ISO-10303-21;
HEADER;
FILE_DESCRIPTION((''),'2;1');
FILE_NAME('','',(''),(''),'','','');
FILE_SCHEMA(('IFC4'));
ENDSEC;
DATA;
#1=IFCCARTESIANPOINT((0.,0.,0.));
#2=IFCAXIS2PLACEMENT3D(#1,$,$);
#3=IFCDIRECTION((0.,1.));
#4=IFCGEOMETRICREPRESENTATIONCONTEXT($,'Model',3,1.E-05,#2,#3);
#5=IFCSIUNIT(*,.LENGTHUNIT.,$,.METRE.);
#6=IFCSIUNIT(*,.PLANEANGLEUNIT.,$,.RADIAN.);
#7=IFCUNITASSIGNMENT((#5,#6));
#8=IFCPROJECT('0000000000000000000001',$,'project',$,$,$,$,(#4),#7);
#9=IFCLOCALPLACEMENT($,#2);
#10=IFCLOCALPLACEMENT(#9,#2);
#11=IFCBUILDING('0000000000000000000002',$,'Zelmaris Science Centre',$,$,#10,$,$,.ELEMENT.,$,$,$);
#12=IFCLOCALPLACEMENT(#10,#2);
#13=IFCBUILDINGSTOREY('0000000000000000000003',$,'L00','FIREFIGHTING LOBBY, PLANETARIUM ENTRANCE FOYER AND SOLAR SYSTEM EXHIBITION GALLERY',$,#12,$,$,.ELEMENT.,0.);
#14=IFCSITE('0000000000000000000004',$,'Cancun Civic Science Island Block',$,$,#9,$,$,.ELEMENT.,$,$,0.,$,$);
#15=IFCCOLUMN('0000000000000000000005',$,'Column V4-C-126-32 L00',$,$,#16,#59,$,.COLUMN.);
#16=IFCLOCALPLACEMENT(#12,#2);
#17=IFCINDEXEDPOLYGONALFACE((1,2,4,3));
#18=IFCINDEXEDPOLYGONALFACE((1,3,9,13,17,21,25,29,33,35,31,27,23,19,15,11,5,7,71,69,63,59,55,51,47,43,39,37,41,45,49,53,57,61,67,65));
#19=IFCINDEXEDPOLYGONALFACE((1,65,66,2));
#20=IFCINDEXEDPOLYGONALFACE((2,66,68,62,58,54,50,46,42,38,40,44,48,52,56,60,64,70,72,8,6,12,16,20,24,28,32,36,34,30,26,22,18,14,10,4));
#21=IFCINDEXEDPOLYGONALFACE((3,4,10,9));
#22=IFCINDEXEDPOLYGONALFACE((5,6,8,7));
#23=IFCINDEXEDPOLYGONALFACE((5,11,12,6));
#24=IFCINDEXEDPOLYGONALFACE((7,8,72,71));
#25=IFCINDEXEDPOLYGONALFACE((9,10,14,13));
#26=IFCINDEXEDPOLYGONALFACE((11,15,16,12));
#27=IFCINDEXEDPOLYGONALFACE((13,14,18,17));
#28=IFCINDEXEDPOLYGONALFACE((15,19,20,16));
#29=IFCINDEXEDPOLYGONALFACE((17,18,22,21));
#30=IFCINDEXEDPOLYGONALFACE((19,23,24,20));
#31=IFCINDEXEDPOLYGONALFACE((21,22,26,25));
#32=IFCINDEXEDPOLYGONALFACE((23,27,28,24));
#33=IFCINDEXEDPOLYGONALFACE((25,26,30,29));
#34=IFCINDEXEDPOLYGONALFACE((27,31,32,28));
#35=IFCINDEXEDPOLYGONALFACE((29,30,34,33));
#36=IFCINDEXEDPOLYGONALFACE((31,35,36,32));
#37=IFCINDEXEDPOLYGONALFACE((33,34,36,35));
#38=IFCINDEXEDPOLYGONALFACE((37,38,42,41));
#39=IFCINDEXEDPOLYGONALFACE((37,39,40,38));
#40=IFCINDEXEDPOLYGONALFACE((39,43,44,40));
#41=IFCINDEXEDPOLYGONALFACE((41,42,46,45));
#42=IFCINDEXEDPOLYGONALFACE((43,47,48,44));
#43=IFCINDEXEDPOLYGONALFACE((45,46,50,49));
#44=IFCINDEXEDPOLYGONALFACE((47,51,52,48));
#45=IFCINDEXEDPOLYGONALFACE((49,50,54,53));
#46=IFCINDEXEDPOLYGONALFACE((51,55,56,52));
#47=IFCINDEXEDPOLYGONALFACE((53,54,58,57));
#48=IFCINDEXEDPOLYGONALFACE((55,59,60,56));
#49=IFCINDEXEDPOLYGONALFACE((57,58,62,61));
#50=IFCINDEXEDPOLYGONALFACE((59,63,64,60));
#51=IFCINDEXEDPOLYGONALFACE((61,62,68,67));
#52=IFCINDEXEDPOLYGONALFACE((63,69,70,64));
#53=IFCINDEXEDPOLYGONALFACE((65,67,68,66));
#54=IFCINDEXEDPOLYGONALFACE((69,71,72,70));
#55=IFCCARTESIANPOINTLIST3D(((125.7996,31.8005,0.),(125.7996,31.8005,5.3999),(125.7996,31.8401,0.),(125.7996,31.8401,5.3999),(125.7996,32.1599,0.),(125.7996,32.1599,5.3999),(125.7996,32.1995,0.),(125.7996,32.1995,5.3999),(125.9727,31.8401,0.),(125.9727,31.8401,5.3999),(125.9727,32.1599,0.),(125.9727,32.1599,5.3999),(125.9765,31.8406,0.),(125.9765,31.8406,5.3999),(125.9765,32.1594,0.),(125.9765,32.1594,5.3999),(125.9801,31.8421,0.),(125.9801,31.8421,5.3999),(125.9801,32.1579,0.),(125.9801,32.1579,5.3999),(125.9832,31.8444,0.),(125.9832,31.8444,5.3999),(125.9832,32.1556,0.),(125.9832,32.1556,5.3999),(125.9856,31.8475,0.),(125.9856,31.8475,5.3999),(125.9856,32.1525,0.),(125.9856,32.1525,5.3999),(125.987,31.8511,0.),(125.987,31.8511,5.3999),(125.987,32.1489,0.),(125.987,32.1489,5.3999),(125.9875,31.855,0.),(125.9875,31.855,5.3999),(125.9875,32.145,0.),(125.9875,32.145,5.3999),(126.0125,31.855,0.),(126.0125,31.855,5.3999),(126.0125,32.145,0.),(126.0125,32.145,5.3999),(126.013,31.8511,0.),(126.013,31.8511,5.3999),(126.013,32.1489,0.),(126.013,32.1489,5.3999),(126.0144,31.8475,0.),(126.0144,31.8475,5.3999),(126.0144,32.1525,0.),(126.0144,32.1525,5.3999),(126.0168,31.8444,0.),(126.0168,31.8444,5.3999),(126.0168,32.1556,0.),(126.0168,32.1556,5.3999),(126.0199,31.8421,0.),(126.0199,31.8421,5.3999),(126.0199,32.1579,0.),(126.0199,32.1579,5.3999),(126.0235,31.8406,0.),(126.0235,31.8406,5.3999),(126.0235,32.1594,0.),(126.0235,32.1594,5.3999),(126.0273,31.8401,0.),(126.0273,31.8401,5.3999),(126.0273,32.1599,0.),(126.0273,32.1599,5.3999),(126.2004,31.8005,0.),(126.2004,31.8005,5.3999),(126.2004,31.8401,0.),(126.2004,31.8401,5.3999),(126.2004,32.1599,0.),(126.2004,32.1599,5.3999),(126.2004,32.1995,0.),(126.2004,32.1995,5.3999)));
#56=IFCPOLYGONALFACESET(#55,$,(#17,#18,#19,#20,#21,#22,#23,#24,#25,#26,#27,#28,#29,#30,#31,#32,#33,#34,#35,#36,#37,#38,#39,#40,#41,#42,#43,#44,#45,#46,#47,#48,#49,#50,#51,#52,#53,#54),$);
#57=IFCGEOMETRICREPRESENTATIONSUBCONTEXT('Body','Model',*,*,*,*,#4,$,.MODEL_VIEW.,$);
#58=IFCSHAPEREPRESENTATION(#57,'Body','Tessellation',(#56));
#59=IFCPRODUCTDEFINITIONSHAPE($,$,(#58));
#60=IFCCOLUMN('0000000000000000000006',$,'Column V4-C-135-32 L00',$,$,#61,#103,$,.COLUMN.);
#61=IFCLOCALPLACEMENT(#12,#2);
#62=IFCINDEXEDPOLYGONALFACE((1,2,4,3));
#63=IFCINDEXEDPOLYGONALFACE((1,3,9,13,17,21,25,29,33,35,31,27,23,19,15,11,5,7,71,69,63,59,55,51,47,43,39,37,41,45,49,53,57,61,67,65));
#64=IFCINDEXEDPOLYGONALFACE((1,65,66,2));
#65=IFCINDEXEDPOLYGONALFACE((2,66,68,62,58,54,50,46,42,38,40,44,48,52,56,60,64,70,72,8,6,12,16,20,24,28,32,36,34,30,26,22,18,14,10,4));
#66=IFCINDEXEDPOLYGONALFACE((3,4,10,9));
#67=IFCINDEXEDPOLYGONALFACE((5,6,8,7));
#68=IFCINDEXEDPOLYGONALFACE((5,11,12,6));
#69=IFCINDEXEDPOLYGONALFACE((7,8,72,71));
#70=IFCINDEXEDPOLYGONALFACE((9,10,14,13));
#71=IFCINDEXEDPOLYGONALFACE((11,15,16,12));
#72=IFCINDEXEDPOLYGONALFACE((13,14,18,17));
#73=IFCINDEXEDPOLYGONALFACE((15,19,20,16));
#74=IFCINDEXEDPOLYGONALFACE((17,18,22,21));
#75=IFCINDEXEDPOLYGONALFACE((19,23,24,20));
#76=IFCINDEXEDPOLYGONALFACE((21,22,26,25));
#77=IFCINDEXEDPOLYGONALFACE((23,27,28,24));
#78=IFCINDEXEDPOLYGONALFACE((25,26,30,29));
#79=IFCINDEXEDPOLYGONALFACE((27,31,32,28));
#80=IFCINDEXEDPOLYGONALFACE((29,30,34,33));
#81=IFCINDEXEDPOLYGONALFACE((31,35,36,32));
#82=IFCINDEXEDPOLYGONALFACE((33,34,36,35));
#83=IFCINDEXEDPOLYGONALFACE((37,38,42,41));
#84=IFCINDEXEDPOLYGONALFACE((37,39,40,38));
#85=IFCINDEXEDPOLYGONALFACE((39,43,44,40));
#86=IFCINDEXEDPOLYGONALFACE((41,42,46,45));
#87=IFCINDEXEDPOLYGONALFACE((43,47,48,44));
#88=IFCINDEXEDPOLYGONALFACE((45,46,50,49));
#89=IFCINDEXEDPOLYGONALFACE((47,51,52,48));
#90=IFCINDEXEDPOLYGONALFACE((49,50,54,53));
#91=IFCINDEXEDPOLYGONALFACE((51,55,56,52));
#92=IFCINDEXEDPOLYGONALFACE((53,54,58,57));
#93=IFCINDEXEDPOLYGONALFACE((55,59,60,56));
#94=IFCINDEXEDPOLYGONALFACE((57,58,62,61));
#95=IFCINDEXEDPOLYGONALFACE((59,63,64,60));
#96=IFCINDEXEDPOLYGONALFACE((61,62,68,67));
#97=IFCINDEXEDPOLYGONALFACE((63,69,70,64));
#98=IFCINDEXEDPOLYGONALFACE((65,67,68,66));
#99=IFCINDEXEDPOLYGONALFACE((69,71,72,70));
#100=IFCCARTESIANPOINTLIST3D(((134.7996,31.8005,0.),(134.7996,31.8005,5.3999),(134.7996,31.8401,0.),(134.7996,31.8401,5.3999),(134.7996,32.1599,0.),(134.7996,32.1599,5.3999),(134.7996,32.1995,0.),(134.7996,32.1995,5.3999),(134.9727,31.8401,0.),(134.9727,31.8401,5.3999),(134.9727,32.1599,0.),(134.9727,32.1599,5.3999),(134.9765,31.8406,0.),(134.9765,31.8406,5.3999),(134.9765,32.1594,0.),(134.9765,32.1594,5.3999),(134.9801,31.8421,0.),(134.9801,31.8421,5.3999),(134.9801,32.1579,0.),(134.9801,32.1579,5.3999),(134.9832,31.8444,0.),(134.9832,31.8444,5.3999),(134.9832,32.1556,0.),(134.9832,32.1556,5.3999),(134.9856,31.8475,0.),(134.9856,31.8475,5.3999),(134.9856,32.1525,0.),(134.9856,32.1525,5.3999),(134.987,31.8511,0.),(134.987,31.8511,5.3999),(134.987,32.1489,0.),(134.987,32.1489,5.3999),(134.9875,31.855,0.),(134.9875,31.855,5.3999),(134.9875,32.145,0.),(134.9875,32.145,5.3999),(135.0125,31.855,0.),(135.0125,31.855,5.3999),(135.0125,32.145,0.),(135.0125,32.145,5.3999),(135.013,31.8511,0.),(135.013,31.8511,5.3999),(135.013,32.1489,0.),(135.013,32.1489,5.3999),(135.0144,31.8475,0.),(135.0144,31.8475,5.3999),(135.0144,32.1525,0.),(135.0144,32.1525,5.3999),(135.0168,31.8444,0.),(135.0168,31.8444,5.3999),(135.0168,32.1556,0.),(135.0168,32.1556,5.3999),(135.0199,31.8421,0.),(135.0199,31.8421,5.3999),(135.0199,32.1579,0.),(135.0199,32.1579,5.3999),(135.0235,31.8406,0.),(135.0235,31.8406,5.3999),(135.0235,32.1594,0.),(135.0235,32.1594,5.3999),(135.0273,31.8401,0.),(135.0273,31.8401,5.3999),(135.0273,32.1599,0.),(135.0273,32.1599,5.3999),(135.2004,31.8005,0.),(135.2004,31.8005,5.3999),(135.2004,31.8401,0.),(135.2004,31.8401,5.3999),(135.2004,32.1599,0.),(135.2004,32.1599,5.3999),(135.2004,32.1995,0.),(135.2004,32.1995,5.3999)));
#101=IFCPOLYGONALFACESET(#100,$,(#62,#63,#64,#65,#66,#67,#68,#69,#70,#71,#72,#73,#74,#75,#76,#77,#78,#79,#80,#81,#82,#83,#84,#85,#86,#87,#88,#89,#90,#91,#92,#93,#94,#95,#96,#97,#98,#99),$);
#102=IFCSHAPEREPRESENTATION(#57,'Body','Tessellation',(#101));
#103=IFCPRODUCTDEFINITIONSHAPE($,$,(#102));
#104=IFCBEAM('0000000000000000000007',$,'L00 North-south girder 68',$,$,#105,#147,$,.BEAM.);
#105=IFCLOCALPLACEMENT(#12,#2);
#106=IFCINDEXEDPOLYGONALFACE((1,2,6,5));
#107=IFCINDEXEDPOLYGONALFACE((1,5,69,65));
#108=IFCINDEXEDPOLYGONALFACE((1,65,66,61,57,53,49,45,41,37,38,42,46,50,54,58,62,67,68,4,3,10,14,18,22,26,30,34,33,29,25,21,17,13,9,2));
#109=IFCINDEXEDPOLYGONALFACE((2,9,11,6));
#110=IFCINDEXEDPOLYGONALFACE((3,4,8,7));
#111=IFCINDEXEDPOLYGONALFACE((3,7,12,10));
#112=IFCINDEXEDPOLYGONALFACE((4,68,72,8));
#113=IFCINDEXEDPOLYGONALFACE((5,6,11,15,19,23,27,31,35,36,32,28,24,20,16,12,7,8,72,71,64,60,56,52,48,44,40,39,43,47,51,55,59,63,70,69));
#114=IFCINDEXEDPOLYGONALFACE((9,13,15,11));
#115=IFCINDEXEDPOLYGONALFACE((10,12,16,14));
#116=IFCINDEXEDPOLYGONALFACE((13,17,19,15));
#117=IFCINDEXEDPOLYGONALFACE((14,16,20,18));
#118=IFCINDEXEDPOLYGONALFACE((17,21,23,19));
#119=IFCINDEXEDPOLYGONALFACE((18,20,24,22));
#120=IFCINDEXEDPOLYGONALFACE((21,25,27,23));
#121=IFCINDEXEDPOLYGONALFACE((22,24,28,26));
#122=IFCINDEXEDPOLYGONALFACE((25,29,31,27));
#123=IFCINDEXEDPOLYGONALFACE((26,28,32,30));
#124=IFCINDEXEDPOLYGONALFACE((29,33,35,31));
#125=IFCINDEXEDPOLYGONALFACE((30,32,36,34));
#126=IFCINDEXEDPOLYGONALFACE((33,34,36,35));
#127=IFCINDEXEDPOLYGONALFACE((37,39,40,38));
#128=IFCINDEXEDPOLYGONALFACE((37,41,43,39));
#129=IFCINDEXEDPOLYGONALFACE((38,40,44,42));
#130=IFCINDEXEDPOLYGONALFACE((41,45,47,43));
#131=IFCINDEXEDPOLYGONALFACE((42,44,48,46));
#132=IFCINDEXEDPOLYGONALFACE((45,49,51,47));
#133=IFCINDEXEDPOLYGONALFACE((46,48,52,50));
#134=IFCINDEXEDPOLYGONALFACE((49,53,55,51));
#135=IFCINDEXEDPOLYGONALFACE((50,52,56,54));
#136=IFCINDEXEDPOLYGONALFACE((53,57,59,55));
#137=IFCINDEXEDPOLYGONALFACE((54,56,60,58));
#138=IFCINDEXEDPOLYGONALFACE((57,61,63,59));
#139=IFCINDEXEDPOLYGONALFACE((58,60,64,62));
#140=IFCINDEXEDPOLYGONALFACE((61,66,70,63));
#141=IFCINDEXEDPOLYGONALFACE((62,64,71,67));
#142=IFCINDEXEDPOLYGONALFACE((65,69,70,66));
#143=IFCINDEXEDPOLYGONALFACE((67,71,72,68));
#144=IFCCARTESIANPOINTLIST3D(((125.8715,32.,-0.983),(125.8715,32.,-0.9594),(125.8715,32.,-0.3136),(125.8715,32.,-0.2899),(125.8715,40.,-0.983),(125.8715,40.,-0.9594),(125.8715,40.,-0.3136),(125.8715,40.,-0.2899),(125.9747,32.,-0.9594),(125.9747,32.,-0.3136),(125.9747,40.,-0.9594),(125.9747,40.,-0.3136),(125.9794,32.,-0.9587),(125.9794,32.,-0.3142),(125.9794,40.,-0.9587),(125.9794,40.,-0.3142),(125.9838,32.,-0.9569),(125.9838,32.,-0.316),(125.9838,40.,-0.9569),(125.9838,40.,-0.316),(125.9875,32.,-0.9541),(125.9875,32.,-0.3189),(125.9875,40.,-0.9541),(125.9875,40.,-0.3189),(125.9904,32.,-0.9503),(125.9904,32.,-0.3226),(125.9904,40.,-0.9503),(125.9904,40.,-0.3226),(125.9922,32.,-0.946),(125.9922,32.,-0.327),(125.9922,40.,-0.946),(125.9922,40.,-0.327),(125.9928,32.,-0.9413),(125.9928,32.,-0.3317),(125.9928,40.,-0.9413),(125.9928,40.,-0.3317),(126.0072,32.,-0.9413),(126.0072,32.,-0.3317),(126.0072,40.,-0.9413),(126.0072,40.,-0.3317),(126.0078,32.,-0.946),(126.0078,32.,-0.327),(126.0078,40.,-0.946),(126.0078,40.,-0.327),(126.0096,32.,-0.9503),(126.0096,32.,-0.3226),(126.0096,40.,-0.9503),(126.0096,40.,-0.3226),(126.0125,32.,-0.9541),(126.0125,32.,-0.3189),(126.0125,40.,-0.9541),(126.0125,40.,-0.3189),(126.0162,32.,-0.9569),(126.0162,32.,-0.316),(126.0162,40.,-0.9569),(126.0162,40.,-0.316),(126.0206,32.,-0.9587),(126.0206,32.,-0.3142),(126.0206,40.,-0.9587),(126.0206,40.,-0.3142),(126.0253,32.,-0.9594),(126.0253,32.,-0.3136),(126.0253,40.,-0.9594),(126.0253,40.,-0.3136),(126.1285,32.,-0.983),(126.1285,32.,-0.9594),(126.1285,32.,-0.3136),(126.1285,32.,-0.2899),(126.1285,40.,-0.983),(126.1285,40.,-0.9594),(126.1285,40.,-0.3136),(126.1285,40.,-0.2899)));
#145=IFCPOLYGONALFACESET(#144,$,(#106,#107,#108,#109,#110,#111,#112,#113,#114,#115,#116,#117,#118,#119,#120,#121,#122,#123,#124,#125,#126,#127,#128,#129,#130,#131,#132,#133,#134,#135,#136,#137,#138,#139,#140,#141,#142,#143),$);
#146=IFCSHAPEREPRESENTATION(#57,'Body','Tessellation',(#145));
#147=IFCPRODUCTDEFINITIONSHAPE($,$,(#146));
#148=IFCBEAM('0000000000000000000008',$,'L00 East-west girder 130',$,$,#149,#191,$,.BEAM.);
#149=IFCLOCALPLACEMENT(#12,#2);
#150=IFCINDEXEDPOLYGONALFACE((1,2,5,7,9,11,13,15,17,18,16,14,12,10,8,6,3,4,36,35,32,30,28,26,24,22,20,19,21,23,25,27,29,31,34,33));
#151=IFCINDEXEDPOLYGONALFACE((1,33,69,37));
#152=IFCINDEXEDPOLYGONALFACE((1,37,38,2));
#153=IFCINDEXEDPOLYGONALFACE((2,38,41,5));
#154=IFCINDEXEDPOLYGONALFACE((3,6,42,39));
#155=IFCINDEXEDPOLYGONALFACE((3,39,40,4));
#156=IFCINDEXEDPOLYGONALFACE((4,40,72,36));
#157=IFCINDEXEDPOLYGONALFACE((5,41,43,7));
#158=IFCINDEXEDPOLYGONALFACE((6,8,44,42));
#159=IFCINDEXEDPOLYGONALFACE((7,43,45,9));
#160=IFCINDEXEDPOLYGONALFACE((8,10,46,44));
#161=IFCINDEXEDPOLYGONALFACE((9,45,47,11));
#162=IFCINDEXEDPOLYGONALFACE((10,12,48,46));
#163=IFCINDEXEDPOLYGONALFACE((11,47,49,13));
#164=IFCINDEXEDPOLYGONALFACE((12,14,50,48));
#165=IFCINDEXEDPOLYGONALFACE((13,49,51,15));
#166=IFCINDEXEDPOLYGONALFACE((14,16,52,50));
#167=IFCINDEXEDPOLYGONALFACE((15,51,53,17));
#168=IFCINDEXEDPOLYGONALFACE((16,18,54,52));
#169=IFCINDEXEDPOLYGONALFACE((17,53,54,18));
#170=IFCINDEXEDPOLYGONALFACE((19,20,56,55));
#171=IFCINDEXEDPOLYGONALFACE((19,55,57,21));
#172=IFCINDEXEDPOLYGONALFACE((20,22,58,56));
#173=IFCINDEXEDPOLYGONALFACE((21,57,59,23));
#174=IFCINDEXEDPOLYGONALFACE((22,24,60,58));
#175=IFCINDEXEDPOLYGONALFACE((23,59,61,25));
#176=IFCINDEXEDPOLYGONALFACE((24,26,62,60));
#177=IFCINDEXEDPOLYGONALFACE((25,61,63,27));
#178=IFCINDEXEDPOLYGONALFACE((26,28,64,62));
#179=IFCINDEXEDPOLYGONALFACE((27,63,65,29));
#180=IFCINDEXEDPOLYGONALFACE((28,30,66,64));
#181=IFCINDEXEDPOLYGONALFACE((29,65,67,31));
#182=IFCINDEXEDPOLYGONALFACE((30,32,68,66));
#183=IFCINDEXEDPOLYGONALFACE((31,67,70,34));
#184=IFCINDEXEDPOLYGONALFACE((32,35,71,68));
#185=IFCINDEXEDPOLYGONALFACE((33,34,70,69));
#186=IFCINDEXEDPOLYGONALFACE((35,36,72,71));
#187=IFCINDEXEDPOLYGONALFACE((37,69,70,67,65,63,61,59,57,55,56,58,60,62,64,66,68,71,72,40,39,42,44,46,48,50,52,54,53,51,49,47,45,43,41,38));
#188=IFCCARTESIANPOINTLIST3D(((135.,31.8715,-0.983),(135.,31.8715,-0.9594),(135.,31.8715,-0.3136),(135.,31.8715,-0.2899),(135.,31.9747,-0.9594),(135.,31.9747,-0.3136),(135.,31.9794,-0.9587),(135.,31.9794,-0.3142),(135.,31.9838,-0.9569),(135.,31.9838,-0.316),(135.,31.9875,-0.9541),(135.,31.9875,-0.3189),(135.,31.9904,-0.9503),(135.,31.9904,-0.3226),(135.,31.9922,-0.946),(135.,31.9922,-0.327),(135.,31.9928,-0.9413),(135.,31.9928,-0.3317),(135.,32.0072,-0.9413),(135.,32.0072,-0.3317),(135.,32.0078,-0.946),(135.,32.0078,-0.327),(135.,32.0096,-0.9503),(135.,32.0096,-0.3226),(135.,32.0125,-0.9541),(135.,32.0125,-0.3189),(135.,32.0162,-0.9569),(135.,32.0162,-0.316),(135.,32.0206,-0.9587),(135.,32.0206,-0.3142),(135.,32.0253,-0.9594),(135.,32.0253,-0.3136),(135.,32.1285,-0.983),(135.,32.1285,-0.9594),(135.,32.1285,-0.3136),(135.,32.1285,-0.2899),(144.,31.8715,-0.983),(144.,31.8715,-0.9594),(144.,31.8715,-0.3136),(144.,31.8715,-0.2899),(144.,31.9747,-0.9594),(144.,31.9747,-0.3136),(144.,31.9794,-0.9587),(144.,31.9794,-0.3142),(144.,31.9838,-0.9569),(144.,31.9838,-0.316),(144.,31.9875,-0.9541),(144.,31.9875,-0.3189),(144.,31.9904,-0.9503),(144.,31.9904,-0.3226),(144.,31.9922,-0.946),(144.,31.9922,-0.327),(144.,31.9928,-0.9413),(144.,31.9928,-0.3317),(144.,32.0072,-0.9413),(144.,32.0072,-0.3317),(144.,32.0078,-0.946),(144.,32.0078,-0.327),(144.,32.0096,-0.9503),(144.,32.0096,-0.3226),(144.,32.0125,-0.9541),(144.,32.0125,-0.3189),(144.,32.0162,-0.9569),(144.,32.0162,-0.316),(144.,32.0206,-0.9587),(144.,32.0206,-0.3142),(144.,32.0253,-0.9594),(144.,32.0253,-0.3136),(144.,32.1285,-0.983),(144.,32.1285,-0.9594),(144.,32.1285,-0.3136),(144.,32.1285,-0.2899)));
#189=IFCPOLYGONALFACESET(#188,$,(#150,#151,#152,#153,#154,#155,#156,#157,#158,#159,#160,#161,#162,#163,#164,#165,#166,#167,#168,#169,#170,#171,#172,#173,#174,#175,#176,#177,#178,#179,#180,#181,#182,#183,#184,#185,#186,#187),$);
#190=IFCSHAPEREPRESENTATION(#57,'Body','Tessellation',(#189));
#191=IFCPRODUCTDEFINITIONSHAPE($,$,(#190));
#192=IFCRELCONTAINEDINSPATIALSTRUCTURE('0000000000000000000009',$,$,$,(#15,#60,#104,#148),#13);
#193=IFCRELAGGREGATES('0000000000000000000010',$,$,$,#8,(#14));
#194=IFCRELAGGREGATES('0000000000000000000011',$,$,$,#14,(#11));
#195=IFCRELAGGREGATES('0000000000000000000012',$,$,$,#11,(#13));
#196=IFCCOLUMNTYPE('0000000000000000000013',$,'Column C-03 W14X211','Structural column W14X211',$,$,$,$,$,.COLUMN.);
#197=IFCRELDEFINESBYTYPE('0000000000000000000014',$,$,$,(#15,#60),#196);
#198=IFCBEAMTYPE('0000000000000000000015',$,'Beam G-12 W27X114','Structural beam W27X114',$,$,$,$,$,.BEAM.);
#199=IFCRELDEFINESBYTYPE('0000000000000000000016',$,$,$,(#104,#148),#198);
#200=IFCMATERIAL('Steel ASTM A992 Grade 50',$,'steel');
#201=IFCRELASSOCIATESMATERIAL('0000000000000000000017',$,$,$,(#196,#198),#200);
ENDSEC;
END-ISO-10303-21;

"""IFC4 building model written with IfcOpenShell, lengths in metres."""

from ifc_helpers import new_model, si_unit, direction, frame, origin, origin_2d, place, context, subcontext, project, spatial, i_section, extrude, material, material_profile, profile_set, type_object, element, save


model = new_model("IFC4")

# Units and contexts
model_context = context("Model", 3, precision=1e-05, world=origin(), true_north=direction((0.0, 1.0)))
body_context = subcontext(model_context, "Body", "Model", "MODEL_VIEW")
ifc_project = project(units=[si_unit("LENGTHUNIT", "METRE"), si_unit("PLANEANGLEUNIT", "RADIAN")], contexts=[model_context])

# Site, building, storey
site_placement = place(None, origin())
site = spatial("IfcSite", under=ifc_project, at=site_placement, Name="Cancun Civic Science Island Block", CompositionType="ELEMENT", RefElevation=0.0)
building_placement = place(site_placement, origin())
building = spatial("IfcBuilding", under=site, at=building_placement, Name="Zelmaris Science Centre", CompositionType="ELEMENT")
storey_placement = place(building_placement, origin())
storey = spatial("IfcBuildingStorey", under=building, at=storey_placement, Name="L00", Description="FIREFIGHTING LOBBY, PLANETARIUM ENTRANCE FOYER AND SOLAR SYSTEM EXHIBITION GALLERY", CompositionType="ELEMENT", Elevation=0.0)

# Columns
ifc_material_1 = material(Name="Steel ASTM A992 Grade 50", Category="steel")
ifc_material_profile_1 = material_profile(ifc_material_1, i_section(OverallWidth=0.4009, OverallDepth=0.3989, WebThickness=0.0249, FlangeThickness=0.0396, FilletRadius=0.0149, at=origin_2d()), Name="W14X211")
ifc_profile_set_1 = profile_set([ifc_material_profile_1], Name="Steel ASTM A992 Grade 50")
column_type = type_object("IfcColumnType", Name="Column C-03 W14X211", Description="Structural column W14X211", PredefinedType="COLUMN", material=ifc_profile_set_1)
for number, where, z_axis, x_axis, name in (
    (1, (126.0, 32.0, 0.0), (0.0, 0.0, 1.0), (1.0, 0.0, 0.0), "Column V4-C-126-32 L00"),
    (2, (135.0, 32.0, 0.0), (0.0, 0.0, 1.0), (1.0, 0.0, 0.0), "Column V4-C-135-32 L00"),
):
    element("IfcColumn", number, at=place(storey_placement, frame(where, z_axis=z_axis, x_axis=x_axis)), inside=storey, type_object=column_type, Name=name, PredefinedType="COLUMN", context=body_context, shape_type="SweptSolid", body=[
        extrude(i_section(OverallWidth=0.4009, OverallDepth=0.3989, WebThickness=0.0249, FlangeThickness=0.0396, FilletRadius=0.0149, at=origin_2d()), origin(), (0.0, 0.0, 1.0), 5.3999),
    ])

# Beams
ifc_material_profile_2 = material_profile(ifc_material_1, i_section(OverallWidth=0.2571, OverallDepth=0.6931, WebThickness=0.0144, FlangeThickness=0.0237, FilletRadius=0.0181, at=origin_2d()), Name="W27X114")
ifc_profile_set_2 = profile_set([ifc_material_profile_2], Name="Steel ASTM A992 Grade 50")
beam_type_1 = type_object("IfcBeamType", Name="Beam G-12 W27X114", Description="Structural beam W27X114", PredefinedType="BEAM", material=ifc_profile_set_2)
beam_1_placement = place(storey_placement, frame((126.0, 32.0, -0.6365), z_axis=(0.0, 1.0, 0.0), x_axis=(-1.0, 0.0, 0.0)))
element("IfcBeam", 3, at=beam_1_placement, inside=storey, type_object=beam_type_1, Name="L00 North-south girder 68", PredefinedType="BEAM", context=body_context, shape_type="SweptSolid", body=[
    extrude(i_section(OverallWidth=0.2571, OverallDepth=0.6931, WebThickness=0.0144, FlangeThickness=0.0237, FilletRadius=0.0181, at=origin_2d()), origin(), (0.0, 0.0, 1.0), 8.0),
])
beam_2_placement = place(storey_placement, frame((135.0, 32.0, -0.6365), z_axis=(1.0, 0.0, 0.0), x_axis=(0.0, 1.0, 0.0)))
element("IfcBeam", 4, at=beam_2_placement, inside=storey, type_object=beam_type_1, Name="L00 East-west girder 130", PredefinedType="BEAM", context=body_context, shape_type="SweptSolid", body=[
    extrude(i_section(OverallWidth=0.2571, OverallDepth=0.6931, WebThickness=0.0144, FlangeThickness=0.0237, FilletRadius=0.0181, at=origin_2d()), origin(), (0.0, 0.0, 1.0), 9.0),
])

save(model, "model.ifc")
